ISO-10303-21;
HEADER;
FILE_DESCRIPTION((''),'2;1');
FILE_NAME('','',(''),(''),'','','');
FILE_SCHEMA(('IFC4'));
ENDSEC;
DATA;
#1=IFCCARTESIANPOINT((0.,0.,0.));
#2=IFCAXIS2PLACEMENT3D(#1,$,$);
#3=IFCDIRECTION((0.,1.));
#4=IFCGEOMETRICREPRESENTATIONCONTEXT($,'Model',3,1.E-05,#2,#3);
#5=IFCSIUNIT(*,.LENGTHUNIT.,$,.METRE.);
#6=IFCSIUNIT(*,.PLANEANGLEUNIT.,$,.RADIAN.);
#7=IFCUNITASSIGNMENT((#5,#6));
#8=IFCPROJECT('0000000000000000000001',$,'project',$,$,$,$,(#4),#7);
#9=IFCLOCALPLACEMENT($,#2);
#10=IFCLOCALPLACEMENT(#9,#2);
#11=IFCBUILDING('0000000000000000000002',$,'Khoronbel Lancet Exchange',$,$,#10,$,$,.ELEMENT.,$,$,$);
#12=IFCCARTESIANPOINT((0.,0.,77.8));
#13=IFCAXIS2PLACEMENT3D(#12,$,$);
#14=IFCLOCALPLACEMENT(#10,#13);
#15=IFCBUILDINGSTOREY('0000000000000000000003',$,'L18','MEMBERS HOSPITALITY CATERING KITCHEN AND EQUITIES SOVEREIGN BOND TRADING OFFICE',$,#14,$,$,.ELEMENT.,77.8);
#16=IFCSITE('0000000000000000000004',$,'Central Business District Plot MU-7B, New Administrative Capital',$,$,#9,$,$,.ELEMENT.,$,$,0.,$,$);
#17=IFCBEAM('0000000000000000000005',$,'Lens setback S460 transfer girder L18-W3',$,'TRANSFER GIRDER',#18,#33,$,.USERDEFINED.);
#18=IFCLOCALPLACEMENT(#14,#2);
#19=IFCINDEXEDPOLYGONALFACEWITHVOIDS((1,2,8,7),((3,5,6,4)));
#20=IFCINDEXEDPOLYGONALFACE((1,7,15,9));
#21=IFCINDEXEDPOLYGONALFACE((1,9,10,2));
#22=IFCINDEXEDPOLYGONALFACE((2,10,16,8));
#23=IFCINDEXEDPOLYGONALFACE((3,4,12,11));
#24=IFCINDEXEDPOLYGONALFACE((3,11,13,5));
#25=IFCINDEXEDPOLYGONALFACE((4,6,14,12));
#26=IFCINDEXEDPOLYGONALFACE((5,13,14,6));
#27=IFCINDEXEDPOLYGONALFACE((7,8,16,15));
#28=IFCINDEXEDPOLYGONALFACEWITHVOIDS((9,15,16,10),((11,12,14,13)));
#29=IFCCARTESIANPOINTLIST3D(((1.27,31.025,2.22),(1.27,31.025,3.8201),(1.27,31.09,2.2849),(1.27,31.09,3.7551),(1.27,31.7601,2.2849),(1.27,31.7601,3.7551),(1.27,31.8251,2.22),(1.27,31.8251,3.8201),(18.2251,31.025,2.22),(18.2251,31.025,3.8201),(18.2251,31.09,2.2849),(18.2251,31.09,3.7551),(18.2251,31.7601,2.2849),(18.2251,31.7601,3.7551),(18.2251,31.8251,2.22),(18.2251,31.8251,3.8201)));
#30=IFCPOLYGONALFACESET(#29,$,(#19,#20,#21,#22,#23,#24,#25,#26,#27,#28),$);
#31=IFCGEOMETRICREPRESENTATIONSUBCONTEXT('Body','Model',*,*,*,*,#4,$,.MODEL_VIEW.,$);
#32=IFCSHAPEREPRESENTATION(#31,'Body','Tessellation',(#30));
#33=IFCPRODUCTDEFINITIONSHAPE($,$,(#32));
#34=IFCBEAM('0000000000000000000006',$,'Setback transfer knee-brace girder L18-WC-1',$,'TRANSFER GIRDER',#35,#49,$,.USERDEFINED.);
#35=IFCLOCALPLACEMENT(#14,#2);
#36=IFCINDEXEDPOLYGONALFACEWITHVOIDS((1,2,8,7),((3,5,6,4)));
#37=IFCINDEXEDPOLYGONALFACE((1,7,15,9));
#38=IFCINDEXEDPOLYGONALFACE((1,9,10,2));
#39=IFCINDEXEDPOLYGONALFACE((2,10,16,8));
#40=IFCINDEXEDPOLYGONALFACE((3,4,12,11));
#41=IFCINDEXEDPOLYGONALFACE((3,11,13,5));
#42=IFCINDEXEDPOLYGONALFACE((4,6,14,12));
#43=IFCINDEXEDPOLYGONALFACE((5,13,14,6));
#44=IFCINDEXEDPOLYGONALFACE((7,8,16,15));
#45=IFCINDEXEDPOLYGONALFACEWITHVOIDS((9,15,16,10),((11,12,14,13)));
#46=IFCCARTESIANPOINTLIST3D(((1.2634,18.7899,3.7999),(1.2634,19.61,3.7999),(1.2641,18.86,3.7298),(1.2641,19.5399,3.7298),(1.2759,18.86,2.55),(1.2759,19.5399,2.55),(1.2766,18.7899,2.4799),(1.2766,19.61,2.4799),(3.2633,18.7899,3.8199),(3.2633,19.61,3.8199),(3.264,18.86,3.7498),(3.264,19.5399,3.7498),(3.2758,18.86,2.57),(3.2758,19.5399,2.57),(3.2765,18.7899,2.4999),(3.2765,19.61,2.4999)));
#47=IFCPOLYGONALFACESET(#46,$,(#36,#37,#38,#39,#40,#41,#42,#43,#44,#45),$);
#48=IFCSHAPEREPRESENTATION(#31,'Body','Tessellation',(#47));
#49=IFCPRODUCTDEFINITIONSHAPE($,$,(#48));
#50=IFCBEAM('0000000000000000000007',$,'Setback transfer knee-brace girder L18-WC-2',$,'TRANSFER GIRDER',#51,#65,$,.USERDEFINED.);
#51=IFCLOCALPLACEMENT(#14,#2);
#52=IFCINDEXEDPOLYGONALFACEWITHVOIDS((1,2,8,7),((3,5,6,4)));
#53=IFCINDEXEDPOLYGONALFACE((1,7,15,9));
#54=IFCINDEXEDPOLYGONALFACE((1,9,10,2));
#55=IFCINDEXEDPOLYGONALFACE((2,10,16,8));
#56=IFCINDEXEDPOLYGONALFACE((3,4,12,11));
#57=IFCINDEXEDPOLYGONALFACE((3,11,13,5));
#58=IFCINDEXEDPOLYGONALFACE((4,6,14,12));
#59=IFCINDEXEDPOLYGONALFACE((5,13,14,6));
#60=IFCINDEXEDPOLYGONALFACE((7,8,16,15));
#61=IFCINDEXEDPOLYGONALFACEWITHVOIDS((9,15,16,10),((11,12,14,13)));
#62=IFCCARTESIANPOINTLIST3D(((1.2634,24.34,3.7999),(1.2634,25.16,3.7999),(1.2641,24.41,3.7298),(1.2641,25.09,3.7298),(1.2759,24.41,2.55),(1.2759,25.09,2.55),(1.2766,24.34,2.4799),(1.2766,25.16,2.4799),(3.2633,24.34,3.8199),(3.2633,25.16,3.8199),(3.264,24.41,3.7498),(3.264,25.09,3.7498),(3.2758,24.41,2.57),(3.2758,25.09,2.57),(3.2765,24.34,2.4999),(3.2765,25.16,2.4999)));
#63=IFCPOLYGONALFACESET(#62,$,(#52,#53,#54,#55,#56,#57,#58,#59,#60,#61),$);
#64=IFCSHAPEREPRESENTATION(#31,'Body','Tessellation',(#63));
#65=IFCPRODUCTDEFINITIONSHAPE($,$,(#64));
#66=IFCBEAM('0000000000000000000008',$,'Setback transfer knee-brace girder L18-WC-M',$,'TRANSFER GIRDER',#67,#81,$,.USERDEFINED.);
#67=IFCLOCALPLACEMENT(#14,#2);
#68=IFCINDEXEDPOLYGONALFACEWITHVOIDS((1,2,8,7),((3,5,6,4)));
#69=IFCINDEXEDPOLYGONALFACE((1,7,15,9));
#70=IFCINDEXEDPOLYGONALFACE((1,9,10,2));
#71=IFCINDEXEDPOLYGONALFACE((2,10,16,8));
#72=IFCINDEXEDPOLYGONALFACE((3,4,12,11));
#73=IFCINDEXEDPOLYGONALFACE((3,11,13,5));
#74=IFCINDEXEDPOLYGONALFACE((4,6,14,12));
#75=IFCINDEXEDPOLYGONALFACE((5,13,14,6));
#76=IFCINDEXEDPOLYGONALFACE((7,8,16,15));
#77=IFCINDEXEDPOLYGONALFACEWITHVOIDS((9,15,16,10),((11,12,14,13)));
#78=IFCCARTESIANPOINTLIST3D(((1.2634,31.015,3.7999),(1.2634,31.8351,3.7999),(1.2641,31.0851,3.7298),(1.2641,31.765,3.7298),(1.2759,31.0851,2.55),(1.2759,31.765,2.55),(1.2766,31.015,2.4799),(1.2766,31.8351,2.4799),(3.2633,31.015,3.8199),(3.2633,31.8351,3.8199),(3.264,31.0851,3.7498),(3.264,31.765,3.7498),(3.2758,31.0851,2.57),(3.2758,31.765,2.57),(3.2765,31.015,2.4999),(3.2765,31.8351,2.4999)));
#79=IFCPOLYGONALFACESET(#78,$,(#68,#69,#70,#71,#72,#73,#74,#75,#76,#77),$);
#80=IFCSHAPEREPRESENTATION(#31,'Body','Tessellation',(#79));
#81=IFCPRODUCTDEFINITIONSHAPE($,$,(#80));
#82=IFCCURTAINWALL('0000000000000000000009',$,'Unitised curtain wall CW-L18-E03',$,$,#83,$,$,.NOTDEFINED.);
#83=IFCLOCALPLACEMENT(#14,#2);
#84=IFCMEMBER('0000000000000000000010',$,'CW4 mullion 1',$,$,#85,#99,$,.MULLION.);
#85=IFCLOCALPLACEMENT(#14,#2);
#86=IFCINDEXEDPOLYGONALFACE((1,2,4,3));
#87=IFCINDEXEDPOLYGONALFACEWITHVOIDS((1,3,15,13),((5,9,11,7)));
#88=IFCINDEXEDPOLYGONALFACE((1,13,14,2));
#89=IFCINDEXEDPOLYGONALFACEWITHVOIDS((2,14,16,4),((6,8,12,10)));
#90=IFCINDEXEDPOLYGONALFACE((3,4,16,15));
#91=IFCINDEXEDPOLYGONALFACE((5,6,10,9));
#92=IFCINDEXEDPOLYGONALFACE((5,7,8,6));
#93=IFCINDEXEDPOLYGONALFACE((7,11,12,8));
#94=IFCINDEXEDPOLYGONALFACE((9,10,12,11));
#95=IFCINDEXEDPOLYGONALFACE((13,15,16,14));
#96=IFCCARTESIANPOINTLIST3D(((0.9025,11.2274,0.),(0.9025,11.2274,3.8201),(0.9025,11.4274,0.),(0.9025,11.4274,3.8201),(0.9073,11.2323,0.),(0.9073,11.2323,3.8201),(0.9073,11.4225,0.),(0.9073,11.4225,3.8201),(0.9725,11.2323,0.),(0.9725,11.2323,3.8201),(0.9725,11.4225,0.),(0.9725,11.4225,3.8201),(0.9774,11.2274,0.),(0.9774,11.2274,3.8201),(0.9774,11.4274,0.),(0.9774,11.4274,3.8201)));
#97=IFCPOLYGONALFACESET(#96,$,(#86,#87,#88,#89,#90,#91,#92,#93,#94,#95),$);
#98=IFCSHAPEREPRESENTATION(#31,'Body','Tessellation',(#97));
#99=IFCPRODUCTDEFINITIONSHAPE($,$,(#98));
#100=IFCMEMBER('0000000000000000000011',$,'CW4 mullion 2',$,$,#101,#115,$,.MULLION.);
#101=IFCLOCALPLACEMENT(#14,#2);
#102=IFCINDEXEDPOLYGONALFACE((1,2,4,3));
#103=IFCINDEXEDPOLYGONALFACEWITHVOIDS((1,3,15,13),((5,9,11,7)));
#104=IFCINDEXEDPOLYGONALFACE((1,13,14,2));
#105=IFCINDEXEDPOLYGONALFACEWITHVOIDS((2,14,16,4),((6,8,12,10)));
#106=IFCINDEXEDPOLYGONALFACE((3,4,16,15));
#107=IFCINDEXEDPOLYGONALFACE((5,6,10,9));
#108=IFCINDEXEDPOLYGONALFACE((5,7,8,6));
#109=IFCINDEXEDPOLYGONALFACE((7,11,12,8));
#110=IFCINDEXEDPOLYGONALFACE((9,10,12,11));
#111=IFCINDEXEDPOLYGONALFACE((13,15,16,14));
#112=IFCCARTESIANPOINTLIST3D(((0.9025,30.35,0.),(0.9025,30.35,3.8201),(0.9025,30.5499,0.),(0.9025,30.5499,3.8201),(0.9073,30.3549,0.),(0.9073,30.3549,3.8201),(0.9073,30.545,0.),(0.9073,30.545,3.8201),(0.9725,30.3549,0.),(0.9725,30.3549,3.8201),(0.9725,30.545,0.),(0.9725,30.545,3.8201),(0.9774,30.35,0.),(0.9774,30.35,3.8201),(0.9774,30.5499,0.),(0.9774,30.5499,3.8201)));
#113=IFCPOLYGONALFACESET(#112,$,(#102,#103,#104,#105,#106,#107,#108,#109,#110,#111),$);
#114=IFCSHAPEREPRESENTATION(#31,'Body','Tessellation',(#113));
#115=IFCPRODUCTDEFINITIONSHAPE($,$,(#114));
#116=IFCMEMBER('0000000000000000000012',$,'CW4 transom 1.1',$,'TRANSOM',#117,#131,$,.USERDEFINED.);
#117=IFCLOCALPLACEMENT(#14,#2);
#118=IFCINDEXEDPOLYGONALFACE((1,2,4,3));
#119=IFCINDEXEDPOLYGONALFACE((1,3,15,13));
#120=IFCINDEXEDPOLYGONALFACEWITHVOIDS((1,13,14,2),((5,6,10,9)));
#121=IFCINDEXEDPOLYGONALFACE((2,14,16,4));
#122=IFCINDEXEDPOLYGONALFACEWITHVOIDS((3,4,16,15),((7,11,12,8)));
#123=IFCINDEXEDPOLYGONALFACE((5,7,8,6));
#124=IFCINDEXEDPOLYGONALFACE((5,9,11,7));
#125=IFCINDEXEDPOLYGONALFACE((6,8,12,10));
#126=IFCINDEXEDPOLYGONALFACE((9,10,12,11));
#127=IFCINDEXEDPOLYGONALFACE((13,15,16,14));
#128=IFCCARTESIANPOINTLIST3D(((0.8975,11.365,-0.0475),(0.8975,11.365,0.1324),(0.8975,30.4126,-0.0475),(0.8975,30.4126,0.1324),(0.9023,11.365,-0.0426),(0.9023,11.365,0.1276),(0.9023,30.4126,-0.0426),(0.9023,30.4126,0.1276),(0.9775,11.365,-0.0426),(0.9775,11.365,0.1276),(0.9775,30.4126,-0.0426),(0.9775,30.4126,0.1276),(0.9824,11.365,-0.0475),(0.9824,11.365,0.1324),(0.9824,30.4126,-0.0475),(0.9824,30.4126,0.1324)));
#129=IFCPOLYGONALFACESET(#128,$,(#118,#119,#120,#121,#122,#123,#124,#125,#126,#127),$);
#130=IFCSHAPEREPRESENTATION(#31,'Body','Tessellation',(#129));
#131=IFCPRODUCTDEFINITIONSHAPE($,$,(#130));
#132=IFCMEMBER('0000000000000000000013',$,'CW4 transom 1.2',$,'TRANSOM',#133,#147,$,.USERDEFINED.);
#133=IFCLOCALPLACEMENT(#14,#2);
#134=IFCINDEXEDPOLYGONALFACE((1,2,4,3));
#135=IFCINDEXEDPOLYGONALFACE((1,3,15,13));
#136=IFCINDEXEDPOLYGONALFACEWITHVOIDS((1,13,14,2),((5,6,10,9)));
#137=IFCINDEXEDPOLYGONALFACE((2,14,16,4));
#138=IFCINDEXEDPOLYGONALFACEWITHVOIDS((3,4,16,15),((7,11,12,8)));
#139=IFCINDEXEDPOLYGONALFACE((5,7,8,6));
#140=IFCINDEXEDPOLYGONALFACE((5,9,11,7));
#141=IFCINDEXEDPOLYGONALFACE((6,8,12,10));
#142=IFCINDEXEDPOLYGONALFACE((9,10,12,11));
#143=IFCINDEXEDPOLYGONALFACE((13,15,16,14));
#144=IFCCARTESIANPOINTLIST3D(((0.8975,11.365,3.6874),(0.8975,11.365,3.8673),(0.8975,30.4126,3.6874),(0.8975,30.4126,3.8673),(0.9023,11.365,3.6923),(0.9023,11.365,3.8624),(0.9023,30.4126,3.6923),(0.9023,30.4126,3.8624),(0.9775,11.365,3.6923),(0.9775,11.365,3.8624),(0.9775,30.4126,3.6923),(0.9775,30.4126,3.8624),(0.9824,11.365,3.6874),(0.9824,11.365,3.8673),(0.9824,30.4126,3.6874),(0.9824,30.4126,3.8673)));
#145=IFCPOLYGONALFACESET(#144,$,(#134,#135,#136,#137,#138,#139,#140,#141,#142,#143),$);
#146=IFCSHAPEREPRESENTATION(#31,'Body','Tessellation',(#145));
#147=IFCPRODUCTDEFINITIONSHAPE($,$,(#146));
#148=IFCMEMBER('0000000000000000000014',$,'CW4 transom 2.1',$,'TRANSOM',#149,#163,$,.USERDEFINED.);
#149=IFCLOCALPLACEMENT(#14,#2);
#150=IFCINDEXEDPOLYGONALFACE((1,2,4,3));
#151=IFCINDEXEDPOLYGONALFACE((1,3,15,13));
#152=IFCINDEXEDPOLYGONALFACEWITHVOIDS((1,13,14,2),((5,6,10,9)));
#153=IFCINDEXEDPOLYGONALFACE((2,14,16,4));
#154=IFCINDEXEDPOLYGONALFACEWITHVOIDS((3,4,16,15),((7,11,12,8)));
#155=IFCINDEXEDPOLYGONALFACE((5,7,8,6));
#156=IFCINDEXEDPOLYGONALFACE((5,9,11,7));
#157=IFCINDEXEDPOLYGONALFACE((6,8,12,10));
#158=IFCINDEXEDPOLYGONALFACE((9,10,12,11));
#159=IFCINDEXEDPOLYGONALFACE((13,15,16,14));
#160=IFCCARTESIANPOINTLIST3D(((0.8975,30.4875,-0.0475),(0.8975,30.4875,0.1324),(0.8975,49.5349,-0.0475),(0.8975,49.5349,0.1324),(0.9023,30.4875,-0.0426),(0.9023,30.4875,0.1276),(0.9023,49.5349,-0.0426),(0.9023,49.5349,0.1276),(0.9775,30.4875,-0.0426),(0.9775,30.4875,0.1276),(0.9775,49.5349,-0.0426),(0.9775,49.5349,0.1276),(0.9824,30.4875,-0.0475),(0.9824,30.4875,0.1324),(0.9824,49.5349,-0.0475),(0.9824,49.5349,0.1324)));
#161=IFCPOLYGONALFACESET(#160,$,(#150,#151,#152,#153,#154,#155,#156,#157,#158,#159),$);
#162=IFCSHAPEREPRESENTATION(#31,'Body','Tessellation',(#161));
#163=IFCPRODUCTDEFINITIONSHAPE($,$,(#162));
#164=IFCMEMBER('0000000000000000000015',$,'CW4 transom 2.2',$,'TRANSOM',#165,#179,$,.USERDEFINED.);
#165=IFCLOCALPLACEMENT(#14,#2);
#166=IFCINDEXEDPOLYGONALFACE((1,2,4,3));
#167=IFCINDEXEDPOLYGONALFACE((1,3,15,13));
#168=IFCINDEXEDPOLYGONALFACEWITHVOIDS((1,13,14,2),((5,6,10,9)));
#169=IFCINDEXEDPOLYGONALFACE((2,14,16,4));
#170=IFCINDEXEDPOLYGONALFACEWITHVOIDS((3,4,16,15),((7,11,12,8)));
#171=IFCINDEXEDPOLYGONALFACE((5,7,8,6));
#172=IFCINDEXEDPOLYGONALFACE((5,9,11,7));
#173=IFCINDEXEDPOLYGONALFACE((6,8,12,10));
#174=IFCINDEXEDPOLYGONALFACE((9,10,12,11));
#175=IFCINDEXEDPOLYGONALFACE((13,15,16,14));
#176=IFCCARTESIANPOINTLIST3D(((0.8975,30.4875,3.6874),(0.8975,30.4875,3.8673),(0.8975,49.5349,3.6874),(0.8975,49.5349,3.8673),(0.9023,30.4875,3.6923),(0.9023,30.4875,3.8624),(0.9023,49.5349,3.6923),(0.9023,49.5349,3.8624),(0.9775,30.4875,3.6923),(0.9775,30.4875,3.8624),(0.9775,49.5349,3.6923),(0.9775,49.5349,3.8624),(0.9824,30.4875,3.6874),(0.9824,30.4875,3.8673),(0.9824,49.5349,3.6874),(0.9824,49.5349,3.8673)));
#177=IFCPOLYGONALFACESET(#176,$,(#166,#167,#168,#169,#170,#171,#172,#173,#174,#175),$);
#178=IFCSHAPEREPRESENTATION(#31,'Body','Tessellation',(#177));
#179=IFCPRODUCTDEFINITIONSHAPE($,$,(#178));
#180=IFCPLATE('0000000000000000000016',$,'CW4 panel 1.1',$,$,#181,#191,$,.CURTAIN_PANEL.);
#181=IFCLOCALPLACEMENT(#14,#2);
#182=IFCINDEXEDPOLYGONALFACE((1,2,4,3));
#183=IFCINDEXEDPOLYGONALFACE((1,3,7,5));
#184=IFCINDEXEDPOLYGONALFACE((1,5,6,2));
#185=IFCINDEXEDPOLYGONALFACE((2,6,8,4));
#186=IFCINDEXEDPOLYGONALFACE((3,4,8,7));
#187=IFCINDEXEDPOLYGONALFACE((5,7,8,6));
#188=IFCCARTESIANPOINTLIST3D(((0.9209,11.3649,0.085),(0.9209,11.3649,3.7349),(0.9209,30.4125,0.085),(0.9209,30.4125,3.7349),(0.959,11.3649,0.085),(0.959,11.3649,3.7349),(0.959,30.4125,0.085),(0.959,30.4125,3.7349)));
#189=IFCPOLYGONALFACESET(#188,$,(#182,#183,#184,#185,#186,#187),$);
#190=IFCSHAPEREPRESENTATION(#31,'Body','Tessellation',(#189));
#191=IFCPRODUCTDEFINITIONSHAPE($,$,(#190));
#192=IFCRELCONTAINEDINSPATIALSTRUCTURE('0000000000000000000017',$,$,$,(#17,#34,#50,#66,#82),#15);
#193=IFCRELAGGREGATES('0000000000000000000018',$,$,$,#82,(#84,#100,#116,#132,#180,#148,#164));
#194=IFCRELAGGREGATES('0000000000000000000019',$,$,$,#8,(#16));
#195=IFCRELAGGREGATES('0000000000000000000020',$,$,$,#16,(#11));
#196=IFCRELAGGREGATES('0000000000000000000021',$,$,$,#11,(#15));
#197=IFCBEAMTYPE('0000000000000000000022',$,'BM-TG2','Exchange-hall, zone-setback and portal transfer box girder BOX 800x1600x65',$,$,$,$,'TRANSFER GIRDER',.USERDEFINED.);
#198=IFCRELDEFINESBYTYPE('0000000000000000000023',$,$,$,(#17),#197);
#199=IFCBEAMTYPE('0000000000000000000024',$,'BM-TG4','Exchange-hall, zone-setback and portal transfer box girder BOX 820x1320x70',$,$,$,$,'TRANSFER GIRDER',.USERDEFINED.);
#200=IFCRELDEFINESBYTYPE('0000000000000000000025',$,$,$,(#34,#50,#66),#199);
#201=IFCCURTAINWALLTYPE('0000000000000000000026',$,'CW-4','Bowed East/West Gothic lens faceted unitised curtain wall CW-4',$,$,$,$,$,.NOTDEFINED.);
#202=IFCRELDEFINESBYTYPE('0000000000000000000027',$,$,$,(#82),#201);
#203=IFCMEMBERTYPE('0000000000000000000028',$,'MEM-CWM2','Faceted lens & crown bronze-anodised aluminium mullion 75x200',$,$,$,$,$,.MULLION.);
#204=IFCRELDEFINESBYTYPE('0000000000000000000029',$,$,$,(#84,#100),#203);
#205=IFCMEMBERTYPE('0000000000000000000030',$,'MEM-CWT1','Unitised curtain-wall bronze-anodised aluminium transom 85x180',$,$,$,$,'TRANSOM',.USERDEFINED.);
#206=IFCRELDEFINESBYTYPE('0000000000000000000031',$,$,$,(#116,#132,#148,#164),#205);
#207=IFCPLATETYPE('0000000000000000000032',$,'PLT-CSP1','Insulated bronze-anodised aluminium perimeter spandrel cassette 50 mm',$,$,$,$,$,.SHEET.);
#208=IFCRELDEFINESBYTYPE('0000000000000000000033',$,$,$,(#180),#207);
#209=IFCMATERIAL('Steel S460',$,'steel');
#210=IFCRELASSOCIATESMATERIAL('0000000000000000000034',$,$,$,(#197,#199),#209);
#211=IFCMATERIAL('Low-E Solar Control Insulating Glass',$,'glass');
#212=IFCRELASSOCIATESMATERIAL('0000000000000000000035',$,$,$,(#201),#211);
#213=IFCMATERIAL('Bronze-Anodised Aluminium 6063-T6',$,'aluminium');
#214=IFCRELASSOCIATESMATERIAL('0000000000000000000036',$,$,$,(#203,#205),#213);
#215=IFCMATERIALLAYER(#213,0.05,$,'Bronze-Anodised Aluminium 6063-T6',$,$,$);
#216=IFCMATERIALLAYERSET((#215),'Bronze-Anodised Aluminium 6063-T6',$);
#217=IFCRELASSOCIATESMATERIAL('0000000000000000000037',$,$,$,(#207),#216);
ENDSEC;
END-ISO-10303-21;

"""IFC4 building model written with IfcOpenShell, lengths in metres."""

from ifc_helpers import new_model, si_unit, direction, frame, origin, origin_2d, place, context, subcontext, project, spatial, rectangle, hollow_rectangle, extrude, material, layer, layer_set, material_profile, profile_set, type_object, element, aggregate, save


model = new_model("IFC4")

# Units and contexts
model_context = context("Model", 3, precision=1e-05, world=origin(), true_north=direction((0.0, 1.0)))
body_context = subcontext(model_context, "Body", "Model", "MODEL_VIEW")
ifc_project = project(units=[si_unit("LENGTHUNIT", "METRE"), si_unit("PLANEANGLEUNIT", "RADIAN")], contexts=[model_context])

# Site, building, storey
site_placement = place(None, origin())
site = spatial("IfcSite", under=ifc_project, at=site_placement, Name="Central Business District Plot MU-7B, New Administrative Capital", CompositionType="ELEMENT", RefElevation=0.0)
building_placement = place(site_placement, origin())
building = spatial("IfcBuilding", under=site, at=building_placement, Name="Khoronbel Lancet Exchange", CompositionType="ELEMENT")
storey_placement = place(building_placement, frame((0.0, 0.0, 77.8)))
storey = spatial("IfcBuildingStorey", under=building, at=storey_placement, Name="L18", Description="MEMBERS HOSPITALITY CATERING KITCHEN AND EQUITIES SOVEREIGN BOND TRADING OFFICE", CompositionType="ELEMENT", Elevation=77.8)

# Beams
ifc_material_1 = material(Name="Steel S460", Category="steel")
ifc_material_profile_1 = material_profile(ifc_material_1, hollow_rectangle(XDim=0.8, YDim=1.6001, WallThickness=0.0649, at=origin_2d()), Name="BOX 800x1600x65")
ifc_profile_set_1 = profile_set([ifc_material_profile_1], Name="Steel S460")
beam_type_1 = type_object("IfcBeamType", Name="BM-TG2", Description="Exchange-hall, zone-setback and portal transfer box girder BOX 800x1600x65", ElementType="TRANSFER GIRDER", PredefinedType="USERDEFINED", material=ifc_profile_set_1)
for number, where, z_axis, x_axis, name in (
    (1, (1.27, 31.425, 3.02), (1.0, 0.0, 0.0), (0.0, 1.0, 0.0), "Lens setback S460 transfer girder L18-W3"),
):
    element("IfcBeam", number, at=place(storey_placement, frame(where, z_axis=z_axis, x_axis=x_axis)), inside=storey, type_object=beam_type_1, Name=name, ObjectType="TRANSFER GIRDER", PredefinedType="USERDEFINED", context=body_context, shape_type="SweptSolid", body=[
        extrude(hollow_rectangle(XDim=0.8, YDim=1.6001, WallThickness=0.0649, at=origin_2d()), origin(), (0.0, 0.0, 1.0), 16.9551),
    ])
ifc_material_profile_2 = material_profile(ifc_material_1, hollow_rectangle(XDim=0.8201, YDim=1.3201, WallThickness=0.0701, at=origin_2d()), Name="BOX 820x1320x70")
ifc_profile_set_2 = profile_set([ifc_material_profile_2], Name="Steel S460")
beam_type_2 = type_object("IfcBeamType", Name="BM-TG4", Description="Exchange-hall, zone-setback and portal transfer box girder BOX 820x1320x70", ElementType="TRANSFER GIRDER", PredefinedType="USERDEFINED", material=ifc_profile_set_2)
for number, where, z_axis, x_axis, name in (
    (2, (1.27, 19.2, 3.1399), (0.99995, 0.0, 0.010009), (0.0, 1.0, 0.0), "Setback transfer knee-brace girder L18-WC-1"),
    (3, (1.27, 24.75, 3.1399), (0.99995, 0.0, 0.010009), (0.0, 1.0, 0.0), "Setback transfer knee-brace girder L18-WC-2"),
    (4, (1.27, 31.425, 3.1399), (0.99995, 0.0, 0.010009), (0.0, 1.0, 0.0), "Setback transfer knee-brace girder L18-WC-M"),
):
    element("IfcBeam", number, at=place(storey_placement, frame(where, z_axis=z_axis, x_axis=x_axis)), inside=storey, type_object=beam_type_2, Name=name, ObjectType="TRANSFER GIRDER", PredefinedType="USERDEFINED", context=body_context, shape_type="SweptSolid", body=[
        extrude(hollow_rectangle(XDim=0.8201, YDim=1.3201, WallThickness=0.0701, at=origin_2d()), origin(), (0.0, 0.0, 1.0), 2.0),
    ])

# Curtain wall, members, plate
ifc_material_2 = material(Name="Low-E Solar Control Insulating Glass", Category="glass")
curtain_wall_type = type_object("IfcCurtainWallType", Name="CW-4", Description="Bowed East/West Gothic lens faceted unitised curtain wall CW-4", PredefinedType="NOTDEFINED", material=ifc_material_2)
curtain_wall_placement = place(storey_placement, origin())
curtain_wall = element("IfcCurtainWall", 5, at=curtain_wall_placement, inside=storey, type_object=curtain_wall_type, Name="Unitised curtain wall CW-L18-E03", PredefinedType="NOTDEFINED")
ifc_material_3 = material(Name="Bronze-Anodised Aluminium 6063-T6", Category="aluminium")
ifc_material_profile_3 = material_profile(ifc_material_3, hollow_rectangle(XDim=0.075, YDim=0.2, WallThickness=0.0049, at=origin_2d()), Name="ALU MULLION 75x200")
ifc_profile_set_3 = profile_set([ifc_material_profile_3], Name="Bronze-Anodised Aluminium 6063-T6")
member_type_1 = type_object("IfcMemberType", Name="MEM-CWM2", Description="Faceted lens & crown bronze-anodised aluminium mullion 75x200", PredefinedType="MULLION", material=ifc_profile_set_3)
member_1_placement = place(storey_placement, frame((0.9399, 11.3274, 0.0), z_axis=(0.0, 0.0, 1.0), x_axis=(-1.0, 0.0, 0.0)))
member_1 = element("IfcMember", 6, at=member_1_placement, type_object=member_type_1, Name="CW4 mullion 1", PredefinedType="MULLION", context=body_context, shape_type="SweptSolid", body=[
    extrude(hollow_rectangle(XDim=0.075, YDim=0.2, WallThickness=0.0049, at=origin_2d()), origin(), (0.0, 0.0, 1.0), 3.8201),
])
member_2_placement = place(storey_placement, frame((0.9399, 30.45, 0.0), z_axis=(0.0, 0.0, 1.0), x_axis=(-1.0, 0.0, 0.0)))
member_2 = element("IfcMember", 7, at=member_2_placement, type_object=member_type_1, Name="CW4 mullion 2", PredefinedType="MULLION", context=body_context, shape_type="SweptSolid", body=[
    extrude(hollow_rectangle(XDim=0.075, YDim=0.2, WallThickness=0.0049, at=origin_2d()), origin(), (0.0, 0.0, 1.0), 3.8201),
])
ifc_material_profile_4 = material_profile(ifc_material_3, hollow_rectangle(XDim=0.085, YDim=0.1799, WallThickness=0.0049, at=origin_2d()), Name="ALU TRANSOM 85x180")
ifc_profile_set_4 = profile_set([ifc_material_profile_4], Name="Bronze-Anodised Aluminium 6063-T6")
member_type_2 = type_object("IfcMemberType", Name="MEM-CWT1", Description="Unitised curtain-wall bronze-anodised aluminium transom 85x180", ElementType="TRANSOM", PredefinedType="USERDEFINED", material=ifc_profile_set_4)
member_3_placement = place(storey_placement, frame((0.9399, 11.365, 0.0425), z_axis=(0.0, 1.0, 0.0), x_axis=(-1.0, 0.0, 0.0)))
member_3 = element("IfcMember", 8, at=member_3_placement, type_object=member_type_2, Name="CW4 transom 1.1", ObjectType="TRANSOM", PredefinedType="USERDEFINED", context=body_context, shape_type="SweptSolid", body=[
    extrude(hollow_rectangle(XDim=0.085, YDim=0.1799, WallThickness=0.0049, at=origin_2d()), origin(), (0.0, 0.0, 1.0), 19.0476),
])
member_4_placement = place(storey_placement, frame((0.9399, 11.365, 3.7773), z_axis=(0.0, 1.0, 0.0), x_axis=(-1.0, 0.0, 0.0)))
member_4 = element("IfcMember", 9, at=member_4_placement, type_object=member_type_2, Name="CW4 transom 1.2", ObjectType="TRANSOM", PredefinedType="USERDEFINED", context=body_context, shape_type="SweptSolid", body=[
    extrude(hollow_rectangle(XDim=0.085, YDim=0.1799, WallThickness=0.0049, at=origin_2d()), origin(), (0.0, 0.0, 1.0), 19.0476),
])
member_5_placement = place(storey_placement, frame((0.9399, 30.4875, 0.0425), z_axis=(0.0, 1.0, 0.0), x_axis=(-1.0, 0.0, 0.0)))
member_5 = element("IfcMember", 10, at=member_5_placement, type_object=member_type_2, Name="CW4 transom 2.1", ObjectType="TRANSOM", PredefinedType="USERDEFINED", context=body_context, shape_type="SweptSolid", body=[
    extrude(hollow_rectangle(XDim=0.085, YDim=0.1799, WallThickness=0.0049, at=origin_2d()), origin(), (0.0, 0.0, 1.0), 19.0474),
])
member_6_placement = place(storey_placement, frame((0.9399, 30.4875, 3.7773), z_axis=(0.0, 1.0, 0.0), x_axis=(-1.0, 0.0, 0.0)))
member_6 = element("IfcMember", 11, at=member_6_placement, type_object=member_type_2, Name="CW4 transom 2.2", ObjectType="TRANSOM", PredefinedType="USERDEFINED", context=body_context, shape_type="SweptSolid", body=[
    extrude(hollow_rectangle(XDim=0.085, YDim=0.1799, WallThickness=0.0049, at=origin_2d()), origin(), (0.0, 0.0, 1.0), 19.0474),
])
ifc_layer_1 = layer(ifc_material_3, 0.05, Name="Bronze-Anodised Aluminium 6063-T6")
ifc_layer_set_1 = layer_set([ifc_layer_1], Name="Bronze-Anodised Aluminium 6063-T6")
plate_type_1 = type_object("IfcPlateType", Name="PLT-CSP1", Description="Insulated bronze-anodised aluminium perimeter spandrel cassette 50 mm", PredefinedType="SHEET", material=ifc_layer_set_1)
plate_placement = place(storey_placement, frame((0.9399, 20.8887, 0.085), z_axis=(0.0, 0.0, 1.0), x_axis=(0.0, 1.0, 0.0)))
plate = element("IfcPlate", 12, at=plate_placement, type_object=plate_type_1, Name="CW4 panel 1.1", PredefinedType="CURTAIN_PANEL", context=body_context, shape_type="SweptSolid", body=[
    extrude(rectangle(XDim=19.0476, YDim=0.0381, at=origin_2d()), origin(), (0.0, 0.0, 1.0), 3.6499),
])
aggregate(curtain_wall, [member_1, member_2, member_3, member_4, plate, member_5, member_6])

save(model, "model.ifc")
